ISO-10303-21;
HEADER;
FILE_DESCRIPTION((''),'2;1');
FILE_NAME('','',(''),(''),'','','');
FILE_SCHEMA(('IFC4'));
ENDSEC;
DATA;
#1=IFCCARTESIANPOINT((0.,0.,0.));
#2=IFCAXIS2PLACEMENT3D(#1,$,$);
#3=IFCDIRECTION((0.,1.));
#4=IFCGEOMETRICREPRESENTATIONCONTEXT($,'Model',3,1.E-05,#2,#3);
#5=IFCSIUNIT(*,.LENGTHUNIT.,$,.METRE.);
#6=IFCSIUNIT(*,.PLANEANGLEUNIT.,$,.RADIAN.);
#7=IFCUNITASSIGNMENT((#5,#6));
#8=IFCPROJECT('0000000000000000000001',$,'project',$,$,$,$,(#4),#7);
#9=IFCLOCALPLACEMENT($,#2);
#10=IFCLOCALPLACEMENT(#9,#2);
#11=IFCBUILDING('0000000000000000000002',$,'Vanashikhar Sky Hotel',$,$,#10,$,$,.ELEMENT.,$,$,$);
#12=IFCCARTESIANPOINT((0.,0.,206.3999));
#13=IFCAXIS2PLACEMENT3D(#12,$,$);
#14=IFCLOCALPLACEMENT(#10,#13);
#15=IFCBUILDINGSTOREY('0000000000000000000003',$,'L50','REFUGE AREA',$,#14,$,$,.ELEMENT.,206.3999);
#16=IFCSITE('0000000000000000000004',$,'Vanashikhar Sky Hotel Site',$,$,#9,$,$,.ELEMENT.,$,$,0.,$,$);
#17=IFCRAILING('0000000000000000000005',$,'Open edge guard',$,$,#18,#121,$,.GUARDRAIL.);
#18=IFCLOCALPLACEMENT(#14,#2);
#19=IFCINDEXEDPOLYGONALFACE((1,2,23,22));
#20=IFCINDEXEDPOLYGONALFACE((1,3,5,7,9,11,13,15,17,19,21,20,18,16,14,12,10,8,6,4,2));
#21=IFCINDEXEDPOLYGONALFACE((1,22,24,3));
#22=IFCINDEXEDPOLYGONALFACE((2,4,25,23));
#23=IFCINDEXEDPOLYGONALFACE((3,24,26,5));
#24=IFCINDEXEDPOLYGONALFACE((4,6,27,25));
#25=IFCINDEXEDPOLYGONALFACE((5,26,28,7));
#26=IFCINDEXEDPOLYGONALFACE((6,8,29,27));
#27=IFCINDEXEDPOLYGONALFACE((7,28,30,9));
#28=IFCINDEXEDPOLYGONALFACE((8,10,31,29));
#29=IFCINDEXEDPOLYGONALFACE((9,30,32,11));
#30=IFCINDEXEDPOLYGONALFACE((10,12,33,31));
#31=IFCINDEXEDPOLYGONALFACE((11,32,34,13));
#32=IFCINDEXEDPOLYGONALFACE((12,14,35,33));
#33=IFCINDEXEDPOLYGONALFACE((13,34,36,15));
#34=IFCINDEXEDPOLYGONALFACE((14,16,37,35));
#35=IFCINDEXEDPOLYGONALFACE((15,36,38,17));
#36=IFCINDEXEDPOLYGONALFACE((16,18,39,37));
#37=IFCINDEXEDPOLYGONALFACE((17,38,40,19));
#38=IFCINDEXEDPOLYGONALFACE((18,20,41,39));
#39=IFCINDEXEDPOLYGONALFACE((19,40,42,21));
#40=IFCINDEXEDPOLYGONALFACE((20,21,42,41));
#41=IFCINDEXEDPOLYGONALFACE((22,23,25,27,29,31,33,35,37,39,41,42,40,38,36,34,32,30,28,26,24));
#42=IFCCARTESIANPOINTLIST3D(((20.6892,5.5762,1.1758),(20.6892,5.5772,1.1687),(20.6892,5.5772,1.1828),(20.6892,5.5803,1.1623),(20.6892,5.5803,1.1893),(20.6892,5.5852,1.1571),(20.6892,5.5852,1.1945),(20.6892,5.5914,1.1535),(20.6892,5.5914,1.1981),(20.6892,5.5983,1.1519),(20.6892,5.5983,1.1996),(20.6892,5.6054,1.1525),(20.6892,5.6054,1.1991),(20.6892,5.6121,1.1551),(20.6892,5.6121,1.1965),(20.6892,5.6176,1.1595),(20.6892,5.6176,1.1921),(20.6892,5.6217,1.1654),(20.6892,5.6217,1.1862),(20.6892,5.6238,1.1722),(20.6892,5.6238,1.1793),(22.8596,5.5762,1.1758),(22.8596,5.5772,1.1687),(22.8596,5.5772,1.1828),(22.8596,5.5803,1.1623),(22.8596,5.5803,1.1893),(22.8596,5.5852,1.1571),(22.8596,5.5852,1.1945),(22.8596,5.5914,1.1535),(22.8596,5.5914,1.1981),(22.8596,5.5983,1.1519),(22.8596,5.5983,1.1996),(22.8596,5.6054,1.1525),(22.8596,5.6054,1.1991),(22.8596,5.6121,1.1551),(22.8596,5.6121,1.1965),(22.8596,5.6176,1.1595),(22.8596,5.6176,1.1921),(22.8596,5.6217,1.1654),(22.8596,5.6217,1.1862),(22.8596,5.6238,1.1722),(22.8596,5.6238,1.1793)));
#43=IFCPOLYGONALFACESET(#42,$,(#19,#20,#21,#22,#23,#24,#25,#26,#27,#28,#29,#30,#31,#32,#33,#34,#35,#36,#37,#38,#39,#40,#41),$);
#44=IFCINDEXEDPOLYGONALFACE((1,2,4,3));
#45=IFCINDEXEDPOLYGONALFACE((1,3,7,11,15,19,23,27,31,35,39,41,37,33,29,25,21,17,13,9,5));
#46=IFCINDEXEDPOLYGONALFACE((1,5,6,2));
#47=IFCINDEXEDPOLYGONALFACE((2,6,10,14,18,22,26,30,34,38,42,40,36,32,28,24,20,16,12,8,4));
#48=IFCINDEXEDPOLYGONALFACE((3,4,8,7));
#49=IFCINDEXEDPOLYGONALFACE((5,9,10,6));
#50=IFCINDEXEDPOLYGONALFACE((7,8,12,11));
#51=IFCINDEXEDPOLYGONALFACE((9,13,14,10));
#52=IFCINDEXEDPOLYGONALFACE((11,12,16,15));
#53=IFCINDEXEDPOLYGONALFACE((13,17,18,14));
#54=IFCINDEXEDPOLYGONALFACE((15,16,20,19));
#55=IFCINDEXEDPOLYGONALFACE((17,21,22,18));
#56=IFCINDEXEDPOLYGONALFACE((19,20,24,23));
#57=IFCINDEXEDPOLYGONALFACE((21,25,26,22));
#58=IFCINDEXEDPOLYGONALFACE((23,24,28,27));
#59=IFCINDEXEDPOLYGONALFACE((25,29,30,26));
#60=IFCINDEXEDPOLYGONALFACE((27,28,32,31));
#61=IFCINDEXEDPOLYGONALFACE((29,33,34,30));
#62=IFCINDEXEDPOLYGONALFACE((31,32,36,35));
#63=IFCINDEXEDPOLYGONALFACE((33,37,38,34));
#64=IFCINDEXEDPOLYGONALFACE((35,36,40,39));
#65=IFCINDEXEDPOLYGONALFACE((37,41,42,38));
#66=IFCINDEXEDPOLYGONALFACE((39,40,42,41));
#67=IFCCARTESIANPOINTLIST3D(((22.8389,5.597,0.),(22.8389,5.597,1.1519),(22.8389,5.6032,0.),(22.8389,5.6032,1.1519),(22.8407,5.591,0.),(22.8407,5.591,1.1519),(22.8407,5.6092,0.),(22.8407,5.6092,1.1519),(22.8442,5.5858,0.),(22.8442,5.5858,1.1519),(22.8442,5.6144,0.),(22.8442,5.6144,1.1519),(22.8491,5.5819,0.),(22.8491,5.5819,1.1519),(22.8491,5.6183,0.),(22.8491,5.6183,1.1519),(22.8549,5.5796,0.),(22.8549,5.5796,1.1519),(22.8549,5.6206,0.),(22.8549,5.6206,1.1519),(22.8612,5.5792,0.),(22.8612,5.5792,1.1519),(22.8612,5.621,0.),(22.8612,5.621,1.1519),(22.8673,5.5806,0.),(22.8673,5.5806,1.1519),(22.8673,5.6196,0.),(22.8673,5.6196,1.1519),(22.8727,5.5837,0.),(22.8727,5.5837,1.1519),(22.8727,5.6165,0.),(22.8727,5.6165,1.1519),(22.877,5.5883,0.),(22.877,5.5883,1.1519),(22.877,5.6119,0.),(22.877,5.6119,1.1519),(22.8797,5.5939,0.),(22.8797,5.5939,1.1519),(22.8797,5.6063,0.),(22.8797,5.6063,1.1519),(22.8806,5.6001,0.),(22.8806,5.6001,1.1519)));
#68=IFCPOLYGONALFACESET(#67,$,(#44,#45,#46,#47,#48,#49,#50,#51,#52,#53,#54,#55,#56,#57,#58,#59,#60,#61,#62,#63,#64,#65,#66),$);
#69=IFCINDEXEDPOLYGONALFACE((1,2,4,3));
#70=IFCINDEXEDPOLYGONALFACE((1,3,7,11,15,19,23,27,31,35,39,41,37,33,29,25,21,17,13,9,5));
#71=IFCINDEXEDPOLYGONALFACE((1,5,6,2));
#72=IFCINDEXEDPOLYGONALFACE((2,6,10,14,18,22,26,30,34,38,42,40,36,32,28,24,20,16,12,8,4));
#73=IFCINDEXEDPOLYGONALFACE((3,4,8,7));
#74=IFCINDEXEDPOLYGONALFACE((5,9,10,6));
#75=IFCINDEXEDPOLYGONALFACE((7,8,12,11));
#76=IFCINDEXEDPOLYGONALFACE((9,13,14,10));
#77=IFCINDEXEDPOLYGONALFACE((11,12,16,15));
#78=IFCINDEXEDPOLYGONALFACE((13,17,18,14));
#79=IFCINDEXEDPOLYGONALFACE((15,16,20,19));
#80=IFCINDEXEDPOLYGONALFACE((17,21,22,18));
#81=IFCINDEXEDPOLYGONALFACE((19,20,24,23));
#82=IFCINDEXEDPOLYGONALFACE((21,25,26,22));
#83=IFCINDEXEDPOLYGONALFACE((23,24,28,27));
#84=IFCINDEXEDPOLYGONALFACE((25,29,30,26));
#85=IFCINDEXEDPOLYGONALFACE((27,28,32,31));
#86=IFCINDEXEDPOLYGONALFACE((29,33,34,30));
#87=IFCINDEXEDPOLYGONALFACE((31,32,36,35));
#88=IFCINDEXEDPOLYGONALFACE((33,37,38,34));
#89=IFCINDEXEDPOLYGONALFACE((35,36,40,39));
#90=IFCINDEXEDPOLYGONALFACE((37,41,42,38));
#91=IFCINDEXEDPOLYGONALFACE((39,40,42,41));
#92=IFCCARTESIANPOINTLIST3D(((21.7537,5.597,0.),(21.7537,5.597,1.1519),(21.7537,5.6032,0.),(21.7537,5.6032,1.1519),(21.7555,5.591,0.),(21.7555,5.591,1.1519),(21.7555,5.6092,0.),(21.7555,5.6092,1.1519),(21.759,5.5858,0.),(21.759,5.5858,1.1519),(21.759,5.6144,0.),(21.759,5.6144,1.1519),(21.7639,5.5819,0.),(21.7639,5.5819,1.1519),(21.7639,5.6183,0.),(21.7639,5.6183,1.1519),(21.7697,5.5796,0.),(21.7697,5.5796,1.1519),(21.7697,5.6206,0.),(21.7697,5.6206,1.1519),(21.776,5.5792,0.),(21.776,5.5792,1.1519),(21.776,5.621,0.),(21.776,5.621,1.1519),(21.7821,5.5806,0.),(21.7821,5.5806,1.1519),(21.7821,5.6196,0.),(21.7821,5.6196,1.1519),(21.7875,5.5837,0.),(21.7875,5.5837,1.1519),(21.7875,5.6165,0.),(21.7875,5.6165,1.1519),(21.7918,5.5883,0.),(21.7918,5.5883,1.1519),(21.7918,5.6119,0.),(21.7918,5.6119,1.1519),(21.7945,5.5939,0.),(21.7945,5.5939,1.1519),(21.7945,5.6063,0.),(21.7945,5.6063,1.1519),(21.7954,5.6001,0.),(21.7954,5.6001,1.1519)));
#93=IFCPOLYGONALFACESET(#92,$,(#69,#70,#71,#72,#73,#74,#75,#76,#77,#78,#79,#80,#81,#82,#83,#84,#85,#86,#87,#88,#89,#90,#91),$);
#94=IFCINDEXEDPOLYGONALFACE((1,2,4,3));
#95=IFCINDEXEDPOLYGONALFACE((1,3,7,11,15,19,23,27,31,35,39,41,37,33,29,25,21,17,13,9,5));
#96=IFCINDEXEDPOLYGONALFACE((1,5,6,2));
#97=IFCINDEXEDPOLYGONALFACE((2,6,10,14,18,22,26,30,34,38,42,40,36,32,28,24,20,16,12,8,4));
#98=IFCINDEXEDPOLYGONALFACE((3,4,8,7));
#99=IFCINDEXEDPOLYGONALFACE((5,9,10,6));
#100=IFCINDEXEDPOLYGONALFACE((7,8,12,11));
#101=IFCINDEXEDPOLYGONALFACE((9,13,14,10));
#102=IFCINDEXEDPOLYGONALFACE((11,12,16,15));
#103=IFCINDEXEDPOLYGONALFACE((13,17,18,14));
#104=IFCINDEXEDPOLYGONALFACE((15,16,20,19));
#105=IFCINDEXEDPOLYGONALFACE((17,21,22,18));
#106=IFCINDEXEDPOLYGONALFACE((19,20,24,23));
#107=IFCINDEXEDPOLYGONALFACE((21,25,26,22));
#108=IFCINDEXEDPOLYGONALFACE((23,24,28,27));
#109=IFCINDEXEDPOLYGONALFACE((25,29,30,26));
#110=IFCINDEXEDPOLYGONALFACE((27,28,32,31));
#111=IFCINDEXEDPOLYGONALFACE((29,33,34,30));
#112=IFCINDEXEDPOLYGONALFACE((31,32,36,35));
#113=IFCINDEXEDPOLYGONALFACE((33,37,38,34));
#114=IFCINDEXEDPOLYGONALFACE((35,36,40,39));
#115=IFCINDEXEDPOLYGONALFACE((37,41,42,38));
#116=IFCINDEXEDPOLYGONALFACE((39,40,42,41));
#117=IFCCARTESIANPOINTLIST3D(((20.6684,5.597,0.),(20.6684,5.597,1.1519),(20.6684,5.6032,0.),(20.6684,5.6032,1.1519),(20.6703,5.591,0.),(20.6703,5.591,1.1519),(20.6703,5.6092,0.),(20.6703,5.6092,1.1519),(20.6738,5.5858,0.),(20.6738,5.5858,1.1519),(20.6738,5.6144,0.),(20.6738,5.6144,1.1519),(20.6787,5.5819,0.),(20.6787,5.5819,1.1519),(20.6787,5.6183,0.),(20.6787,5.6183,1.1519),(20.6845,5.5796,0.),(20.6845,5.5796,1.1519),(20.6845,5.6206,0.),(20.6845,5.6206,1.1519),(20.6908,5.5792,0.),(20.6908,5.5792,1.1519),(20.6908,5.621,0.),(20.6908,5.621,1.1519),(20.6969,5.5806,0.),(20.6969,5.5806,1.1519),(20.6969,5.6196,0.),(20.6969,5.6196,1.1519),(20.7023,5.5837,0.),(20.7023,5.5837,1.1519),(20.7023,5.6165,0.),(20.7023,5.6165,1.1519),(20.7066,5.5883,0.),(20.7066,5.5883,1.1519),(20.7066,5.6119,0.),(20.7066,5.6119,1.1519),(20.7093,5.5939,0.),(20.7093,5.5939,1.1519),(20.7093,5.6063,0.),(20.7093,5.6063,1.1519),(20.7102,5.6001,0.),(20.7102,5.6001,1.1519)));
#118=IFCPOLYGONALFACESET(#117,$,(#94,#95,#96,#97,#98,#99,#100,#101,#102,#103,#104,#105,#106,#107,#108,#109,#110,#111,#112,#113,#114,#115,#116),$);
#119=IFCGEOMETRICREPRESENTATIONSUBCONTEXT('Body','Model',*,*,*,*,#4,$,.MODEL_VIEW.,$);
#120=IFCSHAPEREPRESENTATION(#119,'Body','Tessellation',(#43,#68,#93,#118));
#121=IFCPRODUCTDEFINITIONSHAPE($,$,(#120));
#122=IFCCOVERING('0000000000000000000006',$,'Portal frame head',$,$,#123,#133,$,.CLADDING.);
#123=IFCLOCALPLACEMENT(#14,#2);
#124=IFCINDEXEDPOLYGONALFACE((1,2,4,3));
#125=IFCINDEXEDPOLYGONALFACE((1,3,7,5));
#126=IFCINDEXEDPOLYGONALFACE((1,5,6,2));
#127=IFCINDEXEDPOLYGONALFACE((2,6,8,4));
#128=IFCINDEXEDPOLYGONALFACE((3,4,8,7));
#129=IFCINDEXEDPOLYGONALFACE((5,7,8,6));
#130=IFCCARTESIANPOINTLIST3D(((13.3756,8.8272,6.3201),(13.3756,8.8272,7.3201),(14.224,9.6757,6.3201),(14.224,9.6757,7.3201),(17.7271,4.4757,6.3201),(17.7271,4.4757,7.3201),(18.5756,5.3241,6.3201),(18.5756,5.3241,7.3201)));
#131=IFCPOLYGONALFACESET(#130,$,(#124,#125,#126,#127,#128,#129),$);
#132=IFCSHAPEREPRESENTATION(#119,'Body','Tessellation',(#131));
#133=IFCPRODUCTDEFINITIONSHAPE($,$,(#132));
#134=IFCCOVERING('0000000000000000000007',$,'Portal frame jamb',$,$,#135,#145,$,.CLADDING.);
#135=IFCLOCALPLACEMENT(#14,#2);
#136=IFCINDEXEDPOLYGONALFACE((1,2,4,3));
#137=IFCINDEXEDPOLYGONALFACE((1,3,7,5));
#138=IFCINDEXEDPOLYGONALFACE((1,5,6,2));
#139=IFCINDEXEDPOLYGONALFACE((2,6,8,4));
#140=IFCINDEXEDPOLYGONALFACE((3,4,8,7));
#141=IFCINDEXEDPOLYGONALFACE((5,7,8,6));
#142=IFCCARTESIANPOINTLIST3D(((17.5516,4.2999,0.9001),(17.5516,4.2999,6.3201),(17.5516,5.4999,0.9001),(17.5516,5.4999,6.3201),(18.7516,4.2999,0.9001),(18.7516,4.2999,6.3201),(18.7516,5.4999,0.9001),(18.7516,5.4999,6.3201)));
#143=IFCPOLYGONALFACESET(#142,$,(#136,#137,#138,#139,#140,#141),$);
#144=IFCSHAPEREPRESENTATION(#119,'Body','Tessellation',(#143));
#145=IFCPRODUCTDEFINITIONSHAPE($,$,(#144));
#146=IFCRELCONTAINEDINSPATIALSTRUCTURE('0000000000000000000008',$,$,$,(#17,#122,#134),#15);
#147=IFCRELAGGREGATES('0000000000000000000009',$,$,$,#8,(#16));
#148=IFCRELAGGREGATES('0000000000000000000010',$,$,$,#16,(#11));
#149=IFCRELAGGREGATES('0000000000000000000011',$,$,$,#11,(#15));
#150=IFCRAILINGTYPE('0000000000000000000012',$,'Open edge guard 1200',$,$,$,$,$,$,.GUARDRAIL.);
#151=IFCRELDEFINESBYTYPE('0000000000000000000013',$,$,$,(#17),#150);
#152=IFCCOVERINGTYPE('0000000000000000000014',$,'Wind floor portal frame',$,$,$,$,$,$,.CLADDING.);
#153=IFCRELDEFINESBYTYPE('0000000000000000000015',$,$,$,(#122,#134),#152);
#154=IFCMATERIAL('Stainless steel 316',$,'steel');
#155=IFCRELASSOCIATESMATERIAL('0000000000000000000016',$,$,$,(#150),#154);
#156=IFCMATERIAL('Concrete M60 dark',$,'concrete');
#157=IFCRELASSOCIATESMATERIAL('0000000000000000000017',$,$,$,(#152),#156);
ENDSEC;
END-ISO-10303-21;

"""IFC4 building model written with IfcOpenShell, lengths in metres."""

from ifc_helpers import new_model, si_unit, direction, frame, origin, origin_2d, place, context, subcontext, project, spatial, rectangle, circle, extrude, source, transform, mapped, material, type_object, element, save


model = new_model("IFC4")

# Units and contexts
model_context = context("Model", 3, precision=1e-05, world=origin(), true_north=direction((0.0, 1.0)))
body_context = subcontext(model_context, "Body", "Model", "MODEL_VIEW")
ifc_project = project(units=[si_unit("LENGTHUNIT", "METRE"), si_unit("PLANEANGLEUNIT", "RADIAN")], contexts=[model_context])

# Site, building, storey
site_placement = place(None, origin())
site = spatial("IfcSite", under=ifc_project, at=site_placement, Name="Vanashikhar Sky Hotel Site", CompositionType="ELEMENT", RefElevation=0.0)
building_placement = place(site_placement, origin())
building = spatial("IfcBuilding", under=site, at=building_placement, Name="Vanashikhar Sky Hotel", CompositionType="ELEMENT")
storey_placement = place(building_placement, frame((0.0, 0.0, 206.3999)))
storey = spatial("IfcBuildingStorey", under=building, at=storey_placement, Name="L50", Description="REFUGE AREA", CompositionType="ELEMENT", Elevation=206.3999)

# Railing
ifc_material_1 = material(Name="Stainless steel 316", Category="steel")
railing_type = type_object("IfcRailingType", Name="Open edge guard 1200", PredefinedType="GUARDRAIL", material=ifc_material_1)
shared_shape_1 = source(origin(), body_context, "Body", "SweptSolid", [
    extrude(circle(Radius=0.0239, at=origin_2d()), frame((0.0, 0.0, 1.1758), z_axis=(-1.0, 0.0, 0.0), x_axis=(0.0, -1.0, 0.0)), (0.0, 0.0, 1.0), 2.1704),
    extrude(circle(Radius=0.021, at=origin_2d()), origin(), (0.0, 0.0, 1.0), 1.1519),
    extrude(circle(Radius=0.021, at=origin_2d()), frame((-1.0852, 0.0, 0.0)), (0.0, 0.0, 1.0), 1.1519),
    extrude(circle(Radius=0.021, at=origin_2d()), frame((-2.1704, 0.0, 0.0)), (0.0, 0.0, 1.0), 1.1519),
])
for number, where, name in (
    (1, (22.8596, 5.6001, 0.0), "Open edge guard"),
):
    element("IfcRailing", number, at=place(storey_placement, frame(where)), inside=storey, type_object=railing_type, Name=name, PredefinedType="GUARDRAIL", context=body_context, shape_type="MappedRepresentation", body=[
        mapped(shared_shape_1, transform((0.0, 0.0, 0.0), scale=1.0)),
    ])

# Coverings
ifc_material_2 = material(Name="Concrete M60 dark", Category="concrete")
covering_type = type_object("IfcCoveringType", Name="Wind floor portal frame", PredefinedType="CLADDING", material=ifc_material_2)
shared_shape_2 = source(origin(), body_context, "Body", "SweptSolid", [
    extrude(rectangle(XDim=6.1541, YDim=1.2, at=origin_2d()), origin(), (0.0, 0.0, 1.0), 1.0),
])
covering_1_placement = place(storey_placement, frame((15.9756, 7.0757, 6.3201), z_axis=(0.0, 0.0, 1.0), x_axis=(0.707107, -0.707107, 0.0)))
element("IfcCovering", 2, at=covering_1_placement, inside=storey, type_object=covering_type, Name="Portal frame head", PredefinedType="CLADDING", context=body_context, shape_type="MappedRepresentation", body=[
    mapped(shared_shape_2, transform((0.0, 0.0, 0.0), scale=1.0)),
])
shared_shape_3 = source(origin(), body_context, "Body", "SweptSolid", [
    extrude(rectangle(XDim=1.2, YDim=1.2, at=origin_2d()), origin(), (0.0, 0.0, 1.0), 5.4199),
])
covering_2_placement = place(storey_placement, frame((18.1516, 4.8999, 0.9001), z_axis=(0.0, 0.0, 1.0), x_axis=(1.0, 0.0, 0.0)))
element("IfcCovering", 3, at=covering_2_placement, inside=storey, type_object=covering_type, Name="Portal frame jamb", PredefinedType="CLADDING", context=body_context, shape_type="MappedRepresentation", body=[
    mapped(shared_shape_3, transform((0.0, 0.0, 0.0), scale=1.0)),
])

save(model, "model.ifc")
